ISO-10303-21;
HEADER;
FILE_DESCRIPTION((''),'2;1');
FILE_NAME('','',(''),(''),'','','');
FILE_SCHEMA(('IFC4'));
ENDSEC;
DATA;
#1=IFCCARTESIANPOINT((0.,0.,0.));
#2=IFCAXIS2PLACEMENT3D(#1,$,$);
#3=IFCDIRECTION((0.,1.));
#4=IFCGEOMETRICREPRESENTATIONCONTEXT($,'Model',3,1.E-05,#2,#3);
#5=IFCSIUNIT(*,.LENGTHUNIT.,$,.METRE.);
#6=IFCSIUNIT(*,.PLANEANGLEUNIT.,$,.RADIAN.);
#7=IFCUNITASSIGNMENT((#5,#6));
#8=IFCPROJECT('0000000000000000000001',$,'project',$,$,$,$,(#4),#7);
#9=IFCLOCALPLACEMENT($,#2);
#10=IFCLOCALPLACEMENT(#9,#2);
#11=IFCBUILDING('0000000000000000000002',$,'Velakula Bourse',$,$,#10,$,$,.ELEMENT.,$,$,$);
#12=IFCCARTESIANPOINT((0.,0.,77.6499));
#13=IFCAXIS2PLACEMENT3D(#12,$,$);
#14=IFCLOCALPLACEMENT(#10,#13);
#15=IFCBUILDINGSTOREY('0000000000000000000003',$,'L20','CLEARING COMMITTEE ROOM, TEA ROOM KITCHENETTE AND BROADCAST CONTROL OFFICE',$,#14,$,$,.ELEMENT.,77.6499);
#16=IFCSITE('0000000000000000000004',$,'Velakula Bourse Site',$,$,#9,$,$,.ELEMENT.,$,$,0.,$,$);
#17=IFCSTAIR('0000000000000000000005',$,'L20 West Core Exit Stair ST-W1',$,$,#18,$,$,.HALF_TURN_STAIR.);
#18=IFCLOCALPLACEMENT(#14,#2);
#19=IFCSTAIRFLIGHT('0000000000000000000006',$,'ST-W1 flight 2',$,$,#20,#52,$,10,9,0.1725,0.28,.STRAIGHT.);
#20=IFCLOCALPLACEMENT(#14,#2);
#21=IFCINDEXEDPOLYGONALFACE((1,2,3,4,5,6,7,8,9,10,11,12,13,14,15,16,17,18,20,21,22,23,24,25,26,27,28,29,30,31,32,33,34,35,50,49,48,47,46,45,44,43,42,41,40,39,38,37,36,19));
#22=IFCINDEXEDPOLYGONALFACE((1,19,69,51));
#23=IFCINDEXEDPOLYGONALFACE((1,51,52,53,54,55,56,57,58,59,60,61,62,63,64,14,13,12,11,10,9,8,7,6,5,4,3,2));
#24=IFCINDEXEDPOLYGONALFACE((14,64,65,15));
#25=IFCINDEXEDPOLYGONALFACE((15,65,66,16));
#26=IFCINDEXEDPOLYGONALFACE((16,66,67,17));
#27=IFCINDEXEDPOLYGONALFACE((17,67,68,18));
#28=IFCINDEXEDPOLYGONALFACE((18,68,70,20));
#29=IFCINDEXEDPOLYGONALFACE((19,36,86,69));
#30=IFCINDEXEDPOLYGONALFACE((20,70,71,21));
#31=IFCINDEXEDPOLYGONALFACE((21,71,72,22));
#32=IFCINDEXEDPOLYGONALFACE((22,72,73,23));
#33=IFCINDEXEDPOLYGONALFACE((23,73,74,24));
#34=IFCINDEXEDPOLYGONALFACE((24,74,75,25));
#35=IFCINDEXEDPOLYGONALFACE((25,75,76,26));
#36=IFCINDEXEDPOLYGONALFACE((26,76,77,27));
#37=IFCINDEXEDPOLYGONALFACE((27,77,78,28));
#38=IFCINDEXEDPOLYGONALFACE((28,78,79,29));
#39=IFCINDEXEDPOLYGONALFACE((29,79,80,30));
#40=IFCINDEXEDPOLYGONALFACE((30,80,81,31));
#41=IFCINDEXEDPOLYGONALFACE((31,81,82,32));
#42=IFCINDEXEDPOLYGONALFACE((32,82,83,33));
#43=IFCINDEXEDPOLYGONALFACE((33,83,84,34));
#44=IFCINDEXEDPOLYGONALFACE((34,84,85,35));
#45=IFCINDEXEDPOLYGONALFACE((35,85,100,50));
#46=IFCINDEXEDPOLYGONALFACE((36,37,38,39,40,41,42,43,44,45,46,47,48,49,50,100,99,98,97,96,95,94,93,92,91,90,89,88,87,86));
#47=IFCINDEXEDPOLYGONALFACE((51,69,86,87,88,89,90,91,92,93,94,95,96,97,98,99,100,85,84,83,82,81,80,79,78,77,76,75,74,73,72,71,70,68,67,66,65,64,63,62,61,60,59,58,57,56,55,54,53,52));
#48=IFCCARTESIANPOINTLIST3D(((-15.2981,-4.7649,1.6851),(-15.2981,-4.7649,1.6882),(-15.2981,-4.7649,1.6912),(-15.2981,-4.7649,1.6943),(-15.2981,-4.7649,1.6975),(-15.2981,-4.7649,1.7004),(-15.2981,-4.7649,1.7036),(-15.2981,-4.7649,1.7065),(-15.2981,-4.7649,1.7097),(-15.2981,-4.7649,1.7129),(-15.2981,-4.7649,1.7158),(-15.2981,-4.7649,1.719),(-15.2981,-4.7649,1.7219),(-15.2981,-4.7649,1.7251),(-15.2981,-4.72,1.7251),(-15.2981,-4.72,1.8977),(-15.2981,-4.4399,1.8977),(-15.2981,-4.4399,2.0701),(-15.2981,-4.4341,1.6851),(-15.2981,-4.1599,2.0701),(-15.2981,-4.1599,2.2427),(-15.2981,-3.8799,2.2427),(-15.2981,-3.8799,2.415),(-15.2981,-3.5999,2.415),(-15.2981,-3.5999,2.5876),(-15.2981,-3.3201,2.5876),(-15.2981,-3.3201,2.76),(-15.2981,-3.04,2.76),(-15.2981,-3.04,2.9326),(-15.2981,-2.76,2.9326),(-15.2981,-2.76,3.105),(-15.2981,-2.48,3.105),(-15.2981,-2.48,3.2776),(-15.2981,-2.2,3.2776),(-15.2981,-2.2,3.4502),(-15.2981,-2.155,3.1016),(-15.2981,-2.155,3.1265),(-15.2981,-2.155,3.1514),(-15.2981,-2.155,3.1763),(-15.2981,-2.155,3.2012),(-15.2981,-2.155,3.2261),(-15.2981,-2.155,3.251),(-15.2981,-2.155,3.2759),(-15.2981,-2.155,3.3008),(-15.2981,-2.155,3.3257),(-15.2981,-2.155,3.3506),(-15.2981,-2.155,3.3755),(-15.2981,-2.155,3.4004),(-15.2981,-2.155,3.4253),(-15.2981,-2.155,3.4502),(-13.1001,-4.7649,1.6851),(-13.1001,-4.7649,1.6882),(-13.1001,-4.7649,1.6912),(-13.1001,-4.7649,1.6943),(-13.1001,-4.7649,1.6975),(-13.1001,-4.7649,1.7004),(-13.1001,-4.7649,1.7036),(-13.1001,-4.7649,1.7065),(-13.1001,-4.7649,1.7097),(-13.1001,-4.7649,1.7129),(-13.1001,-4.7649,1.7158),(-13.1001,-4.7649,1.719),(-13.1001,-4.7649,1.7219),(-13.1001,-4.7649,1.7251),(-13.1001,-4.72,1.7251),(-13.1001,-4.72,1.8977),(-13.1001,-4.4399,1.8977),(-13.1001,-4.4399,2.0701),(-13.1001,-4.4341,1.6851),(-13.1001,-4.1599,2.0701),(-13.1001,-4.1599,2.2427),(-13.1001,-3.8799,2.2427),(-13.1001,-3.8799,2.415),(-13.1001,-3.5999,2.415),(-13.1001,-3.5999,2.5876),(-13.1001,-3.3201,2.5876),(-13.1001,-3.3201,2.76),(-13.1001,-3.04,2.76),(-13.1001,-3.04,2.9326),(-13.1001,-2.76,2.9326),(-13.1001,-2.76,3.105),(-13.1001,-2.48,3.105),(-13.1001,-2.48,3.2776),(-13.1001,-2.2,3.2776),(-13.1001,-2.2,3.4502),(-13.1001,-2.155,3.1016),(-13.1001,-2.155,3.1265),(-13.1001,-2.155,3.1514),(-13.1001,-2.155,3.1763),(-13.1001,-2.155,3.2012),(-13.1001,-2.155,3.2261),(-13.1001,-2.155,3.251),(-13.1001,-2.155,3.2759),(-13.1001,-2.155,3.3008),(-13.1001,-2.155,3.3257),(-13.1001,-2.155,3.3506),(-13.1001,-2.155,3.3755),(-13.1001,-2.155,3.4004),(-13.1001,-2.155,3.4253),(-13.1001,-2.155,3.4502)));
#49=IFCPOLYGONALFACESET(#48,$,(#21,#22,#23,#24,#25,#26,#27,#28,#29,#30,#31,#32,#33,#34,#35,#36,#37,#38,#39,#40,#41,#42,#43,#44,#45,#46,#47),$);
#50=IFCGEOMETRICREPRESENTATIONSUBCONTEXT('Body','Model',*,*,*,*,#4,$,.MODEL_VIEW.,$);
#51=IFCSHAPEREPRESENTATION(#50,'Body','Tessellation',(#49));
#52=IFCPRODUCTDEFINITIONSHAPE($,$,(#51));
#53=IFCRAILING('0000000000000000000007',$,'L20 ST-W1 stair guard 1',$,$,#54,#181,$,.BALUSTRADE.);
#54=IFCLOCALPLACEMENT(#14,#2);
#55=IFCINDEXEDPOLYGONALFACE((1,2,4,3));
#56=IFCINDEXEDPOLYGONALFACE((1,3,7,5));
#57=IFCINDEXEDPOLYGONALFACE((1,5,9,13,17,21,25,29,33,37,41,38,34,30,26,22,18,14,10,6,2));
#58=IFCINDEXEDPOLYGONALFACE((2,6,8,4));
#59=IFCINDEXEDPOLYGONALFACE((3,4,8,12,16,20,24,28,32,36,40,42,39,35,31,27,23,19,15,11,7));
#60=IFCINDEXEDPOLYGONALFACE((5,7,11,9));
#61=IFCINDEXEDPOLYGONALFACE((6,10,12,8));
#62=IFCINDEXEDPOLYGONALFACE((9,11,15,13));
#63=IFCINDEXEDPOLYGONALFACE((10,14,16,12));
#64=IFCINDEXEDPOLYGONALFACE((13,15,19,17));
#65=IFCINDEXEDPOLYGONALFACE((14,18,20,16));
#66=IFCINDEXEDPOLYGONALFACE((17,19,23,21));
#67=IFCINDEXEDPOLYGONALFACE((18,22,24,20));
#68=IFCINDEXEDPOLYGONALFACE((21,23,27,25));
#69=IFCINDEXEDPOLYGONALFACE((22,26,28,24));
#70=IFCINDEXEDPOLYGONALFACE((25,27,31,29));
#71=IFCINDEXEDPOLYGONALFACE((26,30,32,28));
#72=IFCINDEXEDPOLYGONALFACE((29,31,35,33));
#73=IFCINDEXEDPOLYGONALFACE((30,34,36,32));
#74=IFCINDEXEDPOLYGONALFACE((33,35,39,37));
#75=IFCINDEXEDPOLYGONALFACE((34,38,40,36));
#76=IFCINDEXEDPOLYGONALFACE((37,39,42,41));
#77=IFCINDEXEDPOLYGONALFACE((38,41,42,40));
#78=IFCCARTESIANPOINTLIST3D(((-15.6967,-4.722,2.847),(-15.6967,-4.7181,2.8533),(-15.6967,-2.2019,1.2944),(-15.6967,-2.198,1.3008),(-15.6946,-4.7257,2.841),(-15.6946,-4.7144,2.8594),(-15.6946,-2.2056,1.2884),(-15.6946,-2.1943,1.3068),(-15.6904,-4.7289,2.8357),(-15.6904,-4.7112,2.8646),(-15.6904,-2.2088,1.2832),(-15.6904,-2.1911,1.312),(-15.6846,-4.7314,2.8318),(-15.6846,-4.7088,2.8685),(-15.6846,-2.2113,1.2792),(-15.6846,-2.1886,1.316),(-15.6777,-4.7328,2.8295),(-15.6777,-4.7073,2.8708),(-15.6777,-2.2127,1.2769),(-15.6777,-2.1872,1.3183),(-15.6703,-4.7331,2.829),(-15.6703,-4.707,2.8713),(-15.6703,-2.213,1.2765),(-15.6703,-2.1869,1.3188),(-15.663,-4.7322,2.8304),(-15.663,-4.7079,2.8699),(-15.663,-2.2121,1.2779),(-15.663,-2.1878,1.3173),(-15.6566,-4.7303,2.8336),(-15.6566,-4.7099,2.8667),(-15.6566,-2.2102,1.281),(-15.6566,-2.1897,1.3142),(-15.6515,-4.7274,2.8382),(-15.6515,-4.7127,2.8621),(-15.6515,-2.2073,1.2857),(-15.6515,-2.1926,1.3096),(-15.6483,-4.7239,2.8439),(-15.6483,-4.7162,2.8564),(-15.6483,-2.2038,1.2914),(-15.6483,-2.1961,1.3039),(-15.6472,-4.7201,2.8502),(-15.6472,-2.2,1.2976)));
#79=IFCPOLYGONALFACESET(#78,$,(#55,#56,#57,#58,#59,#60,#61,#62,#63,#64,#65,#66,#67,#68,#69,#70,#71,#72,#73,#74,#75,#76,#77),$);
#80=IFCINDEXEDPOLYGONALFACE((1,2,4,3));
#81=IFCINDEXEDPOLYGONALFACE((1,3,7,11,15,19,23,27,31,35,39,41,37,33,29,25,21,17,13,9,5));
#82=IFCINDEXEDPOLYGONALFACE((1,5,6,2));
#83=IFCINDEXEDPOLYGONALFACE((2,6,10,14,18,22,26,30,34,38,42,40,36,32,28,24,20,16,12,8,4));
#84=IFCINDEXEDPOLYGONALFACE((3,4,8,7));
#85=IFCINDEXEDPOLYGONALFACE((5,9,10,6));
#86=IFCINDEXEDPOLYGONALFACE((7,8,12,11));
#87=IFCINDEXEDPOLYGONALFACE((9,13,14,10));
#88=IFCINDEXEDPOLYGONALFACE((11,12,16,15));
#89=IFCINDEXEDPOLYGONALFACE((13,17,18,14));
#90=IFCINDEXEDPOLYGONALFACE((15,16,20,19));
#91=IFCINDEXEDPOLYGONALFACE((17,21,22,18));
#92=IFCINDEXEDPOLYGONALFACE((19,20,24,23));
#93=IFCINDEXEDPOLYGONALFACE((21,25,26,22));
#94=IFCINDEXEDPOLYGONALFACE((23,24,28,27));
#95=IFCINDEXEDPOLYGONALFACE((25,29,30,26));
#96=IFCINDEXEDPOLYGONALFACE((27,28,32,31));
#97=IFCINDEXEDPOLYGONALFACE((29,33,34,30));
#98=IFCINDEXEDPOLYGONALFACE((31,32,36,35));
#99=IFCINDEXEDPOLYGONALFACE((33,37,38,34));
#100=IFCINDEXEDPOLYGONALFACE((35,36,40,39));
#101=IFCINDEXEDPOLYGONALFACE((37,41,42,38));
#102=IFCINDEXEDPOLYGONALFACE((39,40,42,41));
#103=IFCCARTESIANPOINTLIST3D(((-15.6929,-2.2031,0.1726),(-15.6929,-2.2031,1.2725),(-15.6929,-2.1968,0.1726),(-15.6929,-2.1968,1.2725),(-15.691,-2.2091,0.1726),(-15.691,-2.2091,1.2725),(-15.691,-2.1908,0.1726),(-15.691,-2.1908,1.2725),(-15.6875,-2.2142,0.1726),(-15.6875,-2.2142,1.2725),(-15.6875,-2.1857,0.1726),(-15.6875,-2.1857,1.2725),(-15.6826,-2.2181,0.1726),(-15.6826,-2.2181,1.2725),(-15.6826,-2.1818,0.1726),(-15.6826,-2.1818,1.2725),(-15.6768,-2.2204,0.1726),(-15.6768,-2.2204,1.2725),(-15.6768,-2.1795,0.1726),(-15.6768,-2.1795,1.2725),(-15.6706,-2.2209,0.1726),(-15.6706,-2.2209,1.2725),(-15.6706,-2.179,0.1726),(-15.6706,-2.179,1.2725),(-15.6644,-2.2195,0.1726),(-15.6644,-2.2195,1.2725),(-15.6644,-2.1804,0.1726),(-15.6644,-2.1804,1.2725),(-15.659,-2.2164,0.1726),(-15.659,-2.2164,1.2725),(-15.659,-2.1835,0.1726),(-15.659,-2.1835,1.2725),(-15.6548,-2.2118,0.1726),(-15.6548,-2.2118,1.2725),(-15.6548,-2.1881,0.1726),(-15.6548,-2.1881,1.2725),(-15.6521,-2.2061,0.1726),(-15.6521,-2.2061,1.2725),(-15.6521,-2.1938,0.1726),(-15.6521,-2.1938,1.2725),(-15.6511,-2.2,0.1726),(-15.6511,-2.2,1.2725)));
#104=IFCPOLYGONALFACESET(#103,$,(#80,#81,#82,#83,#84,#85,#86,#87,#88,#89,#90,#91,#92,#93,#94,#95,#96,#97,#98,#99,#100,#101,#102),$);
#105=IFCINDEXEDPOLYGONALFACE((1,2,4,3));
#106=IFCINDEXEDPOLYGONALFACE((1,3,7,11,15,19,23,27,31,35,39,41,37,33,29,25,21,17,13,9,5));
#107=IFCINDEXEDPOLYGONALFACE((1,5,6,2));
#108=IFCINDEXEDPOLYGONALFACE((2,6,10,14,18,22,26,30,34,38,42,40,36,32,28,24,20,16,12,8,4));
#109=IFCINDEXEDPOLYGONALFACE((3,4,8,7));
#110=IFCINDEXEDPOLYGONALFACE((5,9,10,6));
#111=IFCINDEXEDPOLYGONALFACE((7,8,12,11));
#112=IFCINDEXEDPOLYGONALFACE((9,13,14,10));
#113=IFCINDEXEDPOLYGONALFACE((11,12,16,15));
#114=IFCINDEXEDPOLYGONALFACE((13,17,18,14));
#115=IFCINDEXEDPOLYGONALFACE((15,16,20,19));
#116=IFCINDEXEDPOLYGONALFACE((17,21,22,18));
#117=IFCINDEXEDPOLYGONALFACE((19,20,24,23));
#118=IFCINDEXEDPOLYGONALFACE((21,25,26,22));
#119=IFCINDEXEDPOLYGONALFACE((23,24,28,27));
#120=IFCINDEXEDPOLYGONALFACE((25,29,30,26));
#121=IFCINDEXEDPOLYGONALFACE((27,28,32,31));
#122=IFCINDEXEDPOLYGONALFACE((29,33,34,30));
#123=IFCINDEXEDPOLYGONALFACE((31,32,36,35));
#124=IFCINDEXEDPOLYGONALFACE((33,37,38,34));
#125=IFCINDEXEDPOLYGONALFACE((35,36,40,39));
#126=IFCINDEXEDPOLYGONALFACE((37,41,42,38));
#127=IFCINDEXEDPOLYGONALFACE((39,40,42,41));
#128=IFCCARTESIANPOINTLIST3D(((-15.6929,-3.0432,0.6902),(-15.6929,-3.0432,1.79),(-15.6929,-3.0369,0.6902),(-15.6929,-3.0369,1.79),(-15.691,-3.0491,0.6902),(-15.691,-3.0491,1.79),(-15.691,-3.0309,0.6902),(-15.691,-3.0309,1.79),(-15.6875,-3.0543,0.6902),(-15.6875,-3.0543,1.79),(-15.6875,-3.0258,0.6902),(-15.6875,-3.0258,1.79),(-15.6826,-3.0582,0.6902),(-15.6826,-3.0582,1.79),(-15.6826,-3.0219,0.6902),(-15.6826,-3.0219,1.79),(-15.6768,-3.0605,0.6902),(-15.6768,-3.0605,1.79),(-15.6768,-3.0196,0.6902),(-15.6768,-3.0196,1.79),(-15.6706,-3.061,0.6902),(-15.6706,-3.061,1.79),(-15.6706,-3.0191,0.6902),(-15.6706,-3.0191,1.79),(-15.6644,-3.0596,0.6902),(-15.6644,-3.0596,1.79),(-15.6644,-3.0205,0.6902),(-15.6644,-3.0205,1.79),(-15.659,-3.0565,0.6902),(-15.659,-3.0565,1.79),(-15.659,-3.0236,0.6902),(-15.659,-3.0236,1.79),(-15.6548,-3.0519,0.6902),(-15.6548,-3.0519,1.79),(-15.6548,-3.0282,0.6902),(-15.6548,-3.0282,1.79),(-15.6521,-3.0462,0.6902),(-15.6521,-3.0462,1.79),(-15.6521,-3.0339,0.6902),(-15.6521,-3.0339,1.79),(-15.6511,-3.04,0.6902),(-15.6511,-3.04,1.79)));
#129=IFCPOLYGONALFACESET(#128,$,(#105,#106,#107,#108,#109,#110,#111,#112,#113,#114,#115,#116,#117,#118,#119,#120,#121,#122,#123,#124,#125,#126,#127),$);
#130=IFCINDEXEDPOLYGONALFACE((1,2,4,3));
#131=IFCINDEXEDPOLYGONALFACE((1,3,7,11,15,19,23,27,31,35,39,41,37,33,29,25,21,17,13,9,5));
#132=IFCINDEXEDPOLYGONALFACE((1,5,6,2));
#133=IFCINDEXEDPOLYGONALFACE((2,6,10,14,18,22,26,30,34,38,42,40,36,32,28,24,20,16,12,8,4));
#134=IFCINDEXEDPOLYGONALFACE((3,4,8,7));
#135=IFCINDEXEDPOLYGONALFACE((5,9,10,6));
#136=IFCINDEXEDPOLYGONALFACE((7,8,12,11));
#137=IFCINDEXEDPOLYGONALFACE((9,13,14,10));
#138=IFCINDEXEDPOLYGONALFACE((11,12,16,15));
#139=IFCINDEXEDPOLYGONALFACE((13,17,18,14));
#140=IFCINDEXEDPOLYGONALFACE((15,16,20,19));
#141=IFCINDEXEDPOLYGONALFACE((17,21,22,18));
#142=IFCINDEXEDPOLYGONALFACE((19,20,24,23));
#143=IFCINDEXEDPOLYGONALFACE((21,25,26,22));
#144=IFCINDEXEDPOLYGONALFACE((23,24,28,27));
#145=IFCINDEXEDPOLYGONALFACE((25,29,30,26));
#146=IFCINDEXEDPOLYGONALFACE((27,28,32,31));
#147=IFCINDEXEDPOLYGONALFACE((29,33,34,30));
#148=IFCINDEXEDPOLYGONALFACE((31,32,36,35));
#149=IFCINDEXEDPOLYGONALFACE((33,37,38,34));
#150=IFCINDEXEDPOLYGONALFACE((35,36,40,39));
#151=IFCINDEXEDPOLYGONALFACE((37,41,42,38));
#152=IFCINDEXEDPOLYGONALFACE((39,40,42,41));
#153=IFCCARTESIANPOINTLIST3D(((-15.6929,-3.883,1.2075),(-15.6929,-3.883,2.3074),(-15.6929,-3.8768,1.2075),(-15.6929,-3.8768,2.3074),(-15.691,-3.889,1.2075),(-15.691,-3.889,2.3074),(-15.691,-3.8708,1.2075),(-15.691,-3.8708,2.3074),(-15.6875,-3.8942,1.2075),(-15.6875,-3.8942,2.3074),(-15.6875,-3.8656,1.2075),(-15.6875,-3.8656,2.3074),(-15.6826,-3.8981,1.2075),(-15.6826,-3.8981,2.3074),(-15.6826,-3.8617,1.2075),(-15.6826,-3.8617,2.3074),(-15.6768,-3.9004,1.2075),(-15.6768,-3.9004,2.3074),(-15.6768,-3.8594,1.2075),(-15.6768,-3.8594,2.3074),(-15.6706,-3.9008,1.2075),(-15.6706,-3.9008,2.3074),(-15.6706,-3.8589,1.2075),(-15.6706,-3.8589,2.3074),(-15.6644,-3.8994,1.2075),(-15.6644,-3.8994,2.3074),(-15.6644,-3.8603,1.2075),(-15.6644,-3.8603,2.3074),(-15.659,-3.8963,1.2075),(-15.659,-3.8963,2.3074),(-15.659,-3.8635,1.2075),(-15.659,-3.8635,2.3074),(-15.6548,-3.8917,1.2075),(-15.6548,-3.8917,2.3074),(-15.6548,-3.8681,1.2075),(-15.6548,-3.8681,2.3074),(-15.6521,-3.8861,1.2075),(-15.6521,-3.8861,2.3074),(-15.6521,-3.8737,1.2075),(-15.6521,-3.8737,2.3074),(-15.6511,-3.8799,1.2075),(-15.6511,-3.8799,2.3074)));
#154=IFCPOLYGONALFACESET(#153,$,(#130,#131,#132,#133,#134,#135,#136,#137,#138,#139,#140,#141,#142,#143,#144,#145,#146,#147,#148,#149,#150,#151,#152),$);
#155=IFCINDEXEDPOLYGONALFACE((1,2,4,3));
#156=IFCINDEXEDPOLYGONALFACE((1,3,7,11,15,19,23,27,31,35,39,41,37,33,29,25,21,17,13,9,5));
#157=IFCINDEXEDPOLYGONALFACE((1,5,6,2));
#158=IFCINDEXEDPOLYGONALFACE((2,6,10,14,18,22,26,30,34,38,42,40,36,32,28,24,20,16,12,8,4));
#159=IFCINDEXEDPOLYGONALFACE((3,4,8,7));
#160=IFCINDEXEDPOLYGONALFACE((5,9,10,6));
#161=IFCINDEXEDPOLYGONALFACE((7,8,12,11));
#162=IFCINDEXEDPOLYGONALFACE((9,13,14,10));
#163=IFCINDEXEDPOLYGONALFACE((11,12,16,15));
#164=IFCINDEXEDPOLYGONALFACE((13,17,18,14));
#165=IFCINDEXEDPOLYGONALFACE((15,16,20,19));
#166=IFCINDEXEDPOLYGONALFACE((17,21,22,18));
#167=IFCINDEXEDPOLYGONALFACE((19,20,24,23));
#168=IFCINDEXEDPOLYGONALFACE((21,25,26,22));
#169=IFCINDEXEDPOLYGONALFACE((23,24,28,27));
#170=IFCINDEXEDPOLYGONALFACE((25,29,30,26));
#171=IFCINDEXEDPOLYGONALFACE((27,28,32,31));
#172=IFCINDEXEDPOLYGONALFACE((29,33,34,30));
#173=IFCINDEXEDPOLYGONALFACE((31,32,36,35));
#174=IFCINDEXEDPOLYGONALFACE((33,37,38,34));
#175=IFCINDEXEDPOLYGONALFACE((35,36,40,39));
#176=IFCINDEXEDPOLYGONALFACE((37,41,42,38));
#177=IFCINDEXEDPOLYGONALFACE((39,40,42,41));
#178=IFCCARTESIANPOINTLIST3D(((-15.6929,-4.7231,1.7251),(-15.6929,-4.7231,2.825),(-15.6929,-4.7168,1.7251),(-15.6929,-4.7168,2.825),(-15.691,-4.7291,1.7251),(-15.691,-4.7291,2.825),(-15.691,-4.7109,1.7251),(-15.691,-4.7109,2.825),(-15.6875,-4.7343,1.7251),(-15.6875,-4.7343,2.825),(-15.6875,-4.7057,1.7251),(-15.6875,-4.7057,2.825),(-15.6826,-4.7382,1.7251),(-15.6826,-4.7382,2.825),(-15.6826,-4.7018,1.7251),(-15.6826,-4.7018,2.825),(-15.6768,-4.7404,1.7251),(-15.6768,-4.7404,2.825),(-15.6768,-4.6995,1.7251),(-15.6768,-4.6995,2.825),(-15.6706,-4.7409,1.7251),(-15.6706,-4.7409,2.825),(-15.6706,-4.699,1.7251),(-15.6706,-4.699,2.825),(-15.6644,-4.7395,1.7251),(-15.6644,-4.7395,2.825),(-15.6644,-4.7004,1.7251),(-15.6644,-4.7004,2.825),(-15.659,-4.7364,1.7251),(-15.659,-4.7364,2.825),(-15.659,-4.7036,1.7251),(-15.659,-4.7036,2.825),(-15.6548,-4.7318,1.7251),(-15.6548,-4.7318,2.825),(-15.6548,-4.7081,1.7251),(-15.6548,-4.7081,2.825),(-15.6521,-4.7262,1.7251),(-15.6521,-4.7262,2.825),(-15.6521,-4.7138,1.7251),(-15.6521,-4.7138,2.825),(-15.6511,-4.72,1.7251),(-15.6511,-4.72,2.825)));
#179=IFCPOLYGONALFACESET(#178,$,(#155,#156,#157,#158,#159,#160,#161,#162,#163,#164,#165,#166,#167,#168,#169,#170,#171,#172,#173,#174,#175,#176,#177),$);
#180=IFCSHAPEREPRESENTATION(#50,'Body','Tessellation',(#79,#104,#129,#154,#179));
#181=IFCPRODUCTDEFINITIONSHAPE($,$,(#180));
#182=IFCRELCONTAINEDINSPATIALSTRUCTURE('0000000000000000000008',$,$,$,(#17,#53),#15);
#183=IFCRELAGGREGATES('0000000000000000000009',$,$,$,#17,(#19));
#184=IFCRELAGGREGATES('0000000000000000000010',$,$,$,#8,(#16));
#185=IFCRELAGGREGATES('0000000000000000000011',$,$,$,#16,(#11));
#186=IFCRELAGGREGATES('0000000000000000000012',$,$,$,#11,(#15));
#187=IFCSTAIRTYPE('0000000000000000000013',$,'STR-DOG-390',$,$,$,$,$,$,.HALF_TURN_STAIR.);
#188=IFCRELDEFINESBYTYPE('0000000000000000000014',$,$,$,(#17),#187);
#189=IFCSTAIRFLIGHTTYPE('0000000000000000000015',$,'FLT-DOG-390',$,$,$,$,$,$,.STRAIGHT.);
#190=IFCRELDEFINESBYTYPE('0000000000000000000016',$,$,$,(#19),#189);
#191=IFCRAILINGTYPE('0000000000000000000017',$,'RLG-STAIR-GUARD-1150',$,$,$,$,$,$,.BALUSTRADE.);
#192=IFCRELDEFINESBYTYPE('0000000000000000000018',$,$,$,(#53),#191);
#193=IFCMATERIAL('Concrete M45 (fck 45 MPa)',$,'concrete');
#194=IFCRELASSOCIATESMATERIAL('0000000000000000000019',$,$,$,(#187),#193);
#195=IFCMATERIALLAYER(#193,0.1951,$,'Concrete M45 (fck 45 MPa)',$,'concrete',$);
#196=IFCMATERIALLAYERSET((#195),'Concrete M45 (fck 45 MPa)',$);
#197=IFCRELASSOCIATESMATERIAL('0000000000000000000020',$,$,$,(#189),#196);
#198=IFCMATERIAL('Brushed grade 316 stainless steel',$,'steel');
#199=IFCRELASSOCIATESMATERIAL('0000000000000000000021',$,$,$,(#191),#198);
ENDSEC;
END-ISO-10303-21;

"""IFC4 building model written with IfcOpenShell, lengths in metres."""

from ifc_helpers import new_model, si_unit, direction, frame, origin, origin_2d, place, context, subcontext, project, spatial, polyline, circle, outline, extrude, material, layer, layer_set, type_object, element, aggregate, save


model = new_model("IFC4")

# Units and contexts
model_context = context("Model", 3, precision=1e-05, world=origin(), true_north=direction((0.0, 1.0)))
body_context = subcontext(model_context, "Body", "Model", "MODEL_VIEW")
ifc_project = project(units=[si_unit("LENGTHUNIT", "METRE"), si_unit("PLANEANGLEUNIT", "RADIAN")], contexts=[model_context])

# Site, building, storey
site_placement = place(None, origin())
site = spatial("IfcSite", under=ifc_project, at=site_placement, Name="Velakula Bourse Site", CompositionType="ELEMENT", RefElevation=0.0)
building_placement = place(site_placement, origin())
building = spatial("IfcBuilding", under=site, at=building_placement, Name="Velakula Bourse", CompositionType="ELEMENT")
storey_placement = place(building_placement, frame((0.0, 0.0, 77.6499)))
storey = spatial("IfcBuildingStorey", under=building, at=storey_placement, Name="L20", Description="CLEARING COMMITTEE ROOM, TEA ROOM KITCHENETTE AND BROADCAST CONTROL OFFICE", CompositionType="ELEMENT", Elevation=77.6499)

# Shared definitions
ifc_material_1 = material(Name="Brushed grade 316 stainless steel", Category="steel")

# Stair, stair flight
ifc_material_2 = material(Name="Concrete M45 (fck 45 MPa)", Category="concrete")
stair_type = type_object("IfcStairType", Name="STR-DOG-390", PredefinedType="HALF_TURN_STAIR", material=ifc_material_2)
stair_placement = place(storey_placement, origin())
stair = element("IfcStair", 1, at=stair_placement, inside=storey, type_object=stair_type, Name="L20 West Core Exit Stair ST-W1", PredefinedType="HALF_TURN_STAIR")
ifc_layer_1 = layer(ifc_material_2, 0.1951, Name="Concrete M45 (fck 45 MPa)", Category="concrete")
ifc_layer_set_1 = layer_set([ifc_layer_1], Name="Concrete M45 (fck 45 MPa)")
stair_flight_type = type_object("IfcStairFlightType", Name="FLT-DOG-390", PredefinedType="STRAIGHT", material=ifc_layer_set_1)
stair_flight_1_placement = place(storey_placement, frame((-14.199, -4.72, 1.7251), z_axis=(0.0, 0.0, 1.0), x_axis=(0.0, 1.0, 0.0)))
stair_flight_1 = element("IfcStairFlight", 2, at=stair_flight_1_placement, type_object=stair_flight_type, Name="ST-W1 flight 2", NumberOfRisers=10, NumberOfTreads=9, PredefinedType="STRAIGHT", RiserHeight=0.1725, TreadLength=0.28, context=body_context, shape_type="SweptSolid", body=[
    extrude(outline(polyline([(-0.0449, -0.04), (-0.0449, -0.0369), (-0.0449, -0.0339), (-0.0449, -0.0308), (-0.0449, -0.0276), (-0.0449, -0.0247), (-0.0449, -0.0215), (-0.0449, -0.0186), (-0.0449, -0.0154), (-0.0449, -0.0122), (-0.0449, -0.0093), (-0.0449, -0.0061), (-0.0449, -0.0032), (-0.0449, 0.0), (0.0, 0.0), (0.0, 0.1726), (0.28, 0.1726), (0.28, 0.345), (0.5601, 0.345), (0.5601, 0.5176), (0.8401, 0.5176), (0.8401, 0.6899), (1.1201, 0.6899), (1.1201, 0.8625), (1.3999, 0.8625), (1.3999, 1.0349), (1.6799, 1.0349), (1.6799, 1.2075), (1.96, 1.2075), (1.96, 1.3799), (2.24, 1.3799), (2.24, 1.5525), (2.52, 1.5525), (2.52, 1.7251), (2.5649, 1.7251), (2.5649, 1.7002), (2.5649, 1.6753), (2.5649, 1.6504), (2.5649, 1.6255), (2.5649, 1.6006), (2.5649, 1.5757), (2.5649, 1.5508), (2.5649, 1.5259), (2.5649, 1.501), (2.5649, 1.4761), (2.5649, 1.4512), (2.5649, 1.4263), (2.5649, 1.4014), (2.5649, 1.3765), (0.2859, -0.04), (-0.0449, -0.04)])), frame((0.0, 1.0991, 0.0), z_axis=(0.0, -1.0, 0.0), x_axis=(1.0, 0.0, 0.0)), (0.0, 0.0, 1.0), 2.198),
])
aggregate(stair, [stair_flight_1])

# Railing
railing_type_1 = type_object("IfcRailingType", Name="RLG-STAIR-GUARD-1150", PredefinedType="BALUSTRADE", material=ifc_material_1)
railing_1_placement = place(storey_placement, frame((-15.6721, -2.2, 0.1726)))
element("IfcRailing", 3, at=railing_1_placement, inside=storey, type_object=railing_type_1, Name="L20 ST-W1 stair guard 1", PredefinedType="BALUSTRADE", context=body_context, shape_type="SweptSolid", body=[
    extrude(circle(Radius=0.0249, at=origin_2d()), frame((0.0, 0.0, 1.125), z_axis=(0.0, -0.8514, 0.524516), x_axis=(1.0, 0.0, 0.0)), (0.0, 0.0, 1.0), 2.96),
    extrude(circle(Radius=0.021, at=origin_2d()), origin(), (0.0, 0.0, 1.0), 1.0999),
    extrude(circle(Radius=0.021, at=origin_2d()), frame((0.0, -0.8401, 0.5176)), (0.0, 0.0, 1.0), 1.0999),
    extrude(circle(Radius=0.021, at=origin_2d()), frame((0.0, -1.6799, 1.0349)), (0.0, 0.0, 1.0), 1.0999),
    extrude(circle(Radius=0.021, at=origin_2d()), frame((0.0, -2.52, 1.5525)), (0.0, 0.0, 1.0), 1.0999),
])

save(model, "model.ifc")
